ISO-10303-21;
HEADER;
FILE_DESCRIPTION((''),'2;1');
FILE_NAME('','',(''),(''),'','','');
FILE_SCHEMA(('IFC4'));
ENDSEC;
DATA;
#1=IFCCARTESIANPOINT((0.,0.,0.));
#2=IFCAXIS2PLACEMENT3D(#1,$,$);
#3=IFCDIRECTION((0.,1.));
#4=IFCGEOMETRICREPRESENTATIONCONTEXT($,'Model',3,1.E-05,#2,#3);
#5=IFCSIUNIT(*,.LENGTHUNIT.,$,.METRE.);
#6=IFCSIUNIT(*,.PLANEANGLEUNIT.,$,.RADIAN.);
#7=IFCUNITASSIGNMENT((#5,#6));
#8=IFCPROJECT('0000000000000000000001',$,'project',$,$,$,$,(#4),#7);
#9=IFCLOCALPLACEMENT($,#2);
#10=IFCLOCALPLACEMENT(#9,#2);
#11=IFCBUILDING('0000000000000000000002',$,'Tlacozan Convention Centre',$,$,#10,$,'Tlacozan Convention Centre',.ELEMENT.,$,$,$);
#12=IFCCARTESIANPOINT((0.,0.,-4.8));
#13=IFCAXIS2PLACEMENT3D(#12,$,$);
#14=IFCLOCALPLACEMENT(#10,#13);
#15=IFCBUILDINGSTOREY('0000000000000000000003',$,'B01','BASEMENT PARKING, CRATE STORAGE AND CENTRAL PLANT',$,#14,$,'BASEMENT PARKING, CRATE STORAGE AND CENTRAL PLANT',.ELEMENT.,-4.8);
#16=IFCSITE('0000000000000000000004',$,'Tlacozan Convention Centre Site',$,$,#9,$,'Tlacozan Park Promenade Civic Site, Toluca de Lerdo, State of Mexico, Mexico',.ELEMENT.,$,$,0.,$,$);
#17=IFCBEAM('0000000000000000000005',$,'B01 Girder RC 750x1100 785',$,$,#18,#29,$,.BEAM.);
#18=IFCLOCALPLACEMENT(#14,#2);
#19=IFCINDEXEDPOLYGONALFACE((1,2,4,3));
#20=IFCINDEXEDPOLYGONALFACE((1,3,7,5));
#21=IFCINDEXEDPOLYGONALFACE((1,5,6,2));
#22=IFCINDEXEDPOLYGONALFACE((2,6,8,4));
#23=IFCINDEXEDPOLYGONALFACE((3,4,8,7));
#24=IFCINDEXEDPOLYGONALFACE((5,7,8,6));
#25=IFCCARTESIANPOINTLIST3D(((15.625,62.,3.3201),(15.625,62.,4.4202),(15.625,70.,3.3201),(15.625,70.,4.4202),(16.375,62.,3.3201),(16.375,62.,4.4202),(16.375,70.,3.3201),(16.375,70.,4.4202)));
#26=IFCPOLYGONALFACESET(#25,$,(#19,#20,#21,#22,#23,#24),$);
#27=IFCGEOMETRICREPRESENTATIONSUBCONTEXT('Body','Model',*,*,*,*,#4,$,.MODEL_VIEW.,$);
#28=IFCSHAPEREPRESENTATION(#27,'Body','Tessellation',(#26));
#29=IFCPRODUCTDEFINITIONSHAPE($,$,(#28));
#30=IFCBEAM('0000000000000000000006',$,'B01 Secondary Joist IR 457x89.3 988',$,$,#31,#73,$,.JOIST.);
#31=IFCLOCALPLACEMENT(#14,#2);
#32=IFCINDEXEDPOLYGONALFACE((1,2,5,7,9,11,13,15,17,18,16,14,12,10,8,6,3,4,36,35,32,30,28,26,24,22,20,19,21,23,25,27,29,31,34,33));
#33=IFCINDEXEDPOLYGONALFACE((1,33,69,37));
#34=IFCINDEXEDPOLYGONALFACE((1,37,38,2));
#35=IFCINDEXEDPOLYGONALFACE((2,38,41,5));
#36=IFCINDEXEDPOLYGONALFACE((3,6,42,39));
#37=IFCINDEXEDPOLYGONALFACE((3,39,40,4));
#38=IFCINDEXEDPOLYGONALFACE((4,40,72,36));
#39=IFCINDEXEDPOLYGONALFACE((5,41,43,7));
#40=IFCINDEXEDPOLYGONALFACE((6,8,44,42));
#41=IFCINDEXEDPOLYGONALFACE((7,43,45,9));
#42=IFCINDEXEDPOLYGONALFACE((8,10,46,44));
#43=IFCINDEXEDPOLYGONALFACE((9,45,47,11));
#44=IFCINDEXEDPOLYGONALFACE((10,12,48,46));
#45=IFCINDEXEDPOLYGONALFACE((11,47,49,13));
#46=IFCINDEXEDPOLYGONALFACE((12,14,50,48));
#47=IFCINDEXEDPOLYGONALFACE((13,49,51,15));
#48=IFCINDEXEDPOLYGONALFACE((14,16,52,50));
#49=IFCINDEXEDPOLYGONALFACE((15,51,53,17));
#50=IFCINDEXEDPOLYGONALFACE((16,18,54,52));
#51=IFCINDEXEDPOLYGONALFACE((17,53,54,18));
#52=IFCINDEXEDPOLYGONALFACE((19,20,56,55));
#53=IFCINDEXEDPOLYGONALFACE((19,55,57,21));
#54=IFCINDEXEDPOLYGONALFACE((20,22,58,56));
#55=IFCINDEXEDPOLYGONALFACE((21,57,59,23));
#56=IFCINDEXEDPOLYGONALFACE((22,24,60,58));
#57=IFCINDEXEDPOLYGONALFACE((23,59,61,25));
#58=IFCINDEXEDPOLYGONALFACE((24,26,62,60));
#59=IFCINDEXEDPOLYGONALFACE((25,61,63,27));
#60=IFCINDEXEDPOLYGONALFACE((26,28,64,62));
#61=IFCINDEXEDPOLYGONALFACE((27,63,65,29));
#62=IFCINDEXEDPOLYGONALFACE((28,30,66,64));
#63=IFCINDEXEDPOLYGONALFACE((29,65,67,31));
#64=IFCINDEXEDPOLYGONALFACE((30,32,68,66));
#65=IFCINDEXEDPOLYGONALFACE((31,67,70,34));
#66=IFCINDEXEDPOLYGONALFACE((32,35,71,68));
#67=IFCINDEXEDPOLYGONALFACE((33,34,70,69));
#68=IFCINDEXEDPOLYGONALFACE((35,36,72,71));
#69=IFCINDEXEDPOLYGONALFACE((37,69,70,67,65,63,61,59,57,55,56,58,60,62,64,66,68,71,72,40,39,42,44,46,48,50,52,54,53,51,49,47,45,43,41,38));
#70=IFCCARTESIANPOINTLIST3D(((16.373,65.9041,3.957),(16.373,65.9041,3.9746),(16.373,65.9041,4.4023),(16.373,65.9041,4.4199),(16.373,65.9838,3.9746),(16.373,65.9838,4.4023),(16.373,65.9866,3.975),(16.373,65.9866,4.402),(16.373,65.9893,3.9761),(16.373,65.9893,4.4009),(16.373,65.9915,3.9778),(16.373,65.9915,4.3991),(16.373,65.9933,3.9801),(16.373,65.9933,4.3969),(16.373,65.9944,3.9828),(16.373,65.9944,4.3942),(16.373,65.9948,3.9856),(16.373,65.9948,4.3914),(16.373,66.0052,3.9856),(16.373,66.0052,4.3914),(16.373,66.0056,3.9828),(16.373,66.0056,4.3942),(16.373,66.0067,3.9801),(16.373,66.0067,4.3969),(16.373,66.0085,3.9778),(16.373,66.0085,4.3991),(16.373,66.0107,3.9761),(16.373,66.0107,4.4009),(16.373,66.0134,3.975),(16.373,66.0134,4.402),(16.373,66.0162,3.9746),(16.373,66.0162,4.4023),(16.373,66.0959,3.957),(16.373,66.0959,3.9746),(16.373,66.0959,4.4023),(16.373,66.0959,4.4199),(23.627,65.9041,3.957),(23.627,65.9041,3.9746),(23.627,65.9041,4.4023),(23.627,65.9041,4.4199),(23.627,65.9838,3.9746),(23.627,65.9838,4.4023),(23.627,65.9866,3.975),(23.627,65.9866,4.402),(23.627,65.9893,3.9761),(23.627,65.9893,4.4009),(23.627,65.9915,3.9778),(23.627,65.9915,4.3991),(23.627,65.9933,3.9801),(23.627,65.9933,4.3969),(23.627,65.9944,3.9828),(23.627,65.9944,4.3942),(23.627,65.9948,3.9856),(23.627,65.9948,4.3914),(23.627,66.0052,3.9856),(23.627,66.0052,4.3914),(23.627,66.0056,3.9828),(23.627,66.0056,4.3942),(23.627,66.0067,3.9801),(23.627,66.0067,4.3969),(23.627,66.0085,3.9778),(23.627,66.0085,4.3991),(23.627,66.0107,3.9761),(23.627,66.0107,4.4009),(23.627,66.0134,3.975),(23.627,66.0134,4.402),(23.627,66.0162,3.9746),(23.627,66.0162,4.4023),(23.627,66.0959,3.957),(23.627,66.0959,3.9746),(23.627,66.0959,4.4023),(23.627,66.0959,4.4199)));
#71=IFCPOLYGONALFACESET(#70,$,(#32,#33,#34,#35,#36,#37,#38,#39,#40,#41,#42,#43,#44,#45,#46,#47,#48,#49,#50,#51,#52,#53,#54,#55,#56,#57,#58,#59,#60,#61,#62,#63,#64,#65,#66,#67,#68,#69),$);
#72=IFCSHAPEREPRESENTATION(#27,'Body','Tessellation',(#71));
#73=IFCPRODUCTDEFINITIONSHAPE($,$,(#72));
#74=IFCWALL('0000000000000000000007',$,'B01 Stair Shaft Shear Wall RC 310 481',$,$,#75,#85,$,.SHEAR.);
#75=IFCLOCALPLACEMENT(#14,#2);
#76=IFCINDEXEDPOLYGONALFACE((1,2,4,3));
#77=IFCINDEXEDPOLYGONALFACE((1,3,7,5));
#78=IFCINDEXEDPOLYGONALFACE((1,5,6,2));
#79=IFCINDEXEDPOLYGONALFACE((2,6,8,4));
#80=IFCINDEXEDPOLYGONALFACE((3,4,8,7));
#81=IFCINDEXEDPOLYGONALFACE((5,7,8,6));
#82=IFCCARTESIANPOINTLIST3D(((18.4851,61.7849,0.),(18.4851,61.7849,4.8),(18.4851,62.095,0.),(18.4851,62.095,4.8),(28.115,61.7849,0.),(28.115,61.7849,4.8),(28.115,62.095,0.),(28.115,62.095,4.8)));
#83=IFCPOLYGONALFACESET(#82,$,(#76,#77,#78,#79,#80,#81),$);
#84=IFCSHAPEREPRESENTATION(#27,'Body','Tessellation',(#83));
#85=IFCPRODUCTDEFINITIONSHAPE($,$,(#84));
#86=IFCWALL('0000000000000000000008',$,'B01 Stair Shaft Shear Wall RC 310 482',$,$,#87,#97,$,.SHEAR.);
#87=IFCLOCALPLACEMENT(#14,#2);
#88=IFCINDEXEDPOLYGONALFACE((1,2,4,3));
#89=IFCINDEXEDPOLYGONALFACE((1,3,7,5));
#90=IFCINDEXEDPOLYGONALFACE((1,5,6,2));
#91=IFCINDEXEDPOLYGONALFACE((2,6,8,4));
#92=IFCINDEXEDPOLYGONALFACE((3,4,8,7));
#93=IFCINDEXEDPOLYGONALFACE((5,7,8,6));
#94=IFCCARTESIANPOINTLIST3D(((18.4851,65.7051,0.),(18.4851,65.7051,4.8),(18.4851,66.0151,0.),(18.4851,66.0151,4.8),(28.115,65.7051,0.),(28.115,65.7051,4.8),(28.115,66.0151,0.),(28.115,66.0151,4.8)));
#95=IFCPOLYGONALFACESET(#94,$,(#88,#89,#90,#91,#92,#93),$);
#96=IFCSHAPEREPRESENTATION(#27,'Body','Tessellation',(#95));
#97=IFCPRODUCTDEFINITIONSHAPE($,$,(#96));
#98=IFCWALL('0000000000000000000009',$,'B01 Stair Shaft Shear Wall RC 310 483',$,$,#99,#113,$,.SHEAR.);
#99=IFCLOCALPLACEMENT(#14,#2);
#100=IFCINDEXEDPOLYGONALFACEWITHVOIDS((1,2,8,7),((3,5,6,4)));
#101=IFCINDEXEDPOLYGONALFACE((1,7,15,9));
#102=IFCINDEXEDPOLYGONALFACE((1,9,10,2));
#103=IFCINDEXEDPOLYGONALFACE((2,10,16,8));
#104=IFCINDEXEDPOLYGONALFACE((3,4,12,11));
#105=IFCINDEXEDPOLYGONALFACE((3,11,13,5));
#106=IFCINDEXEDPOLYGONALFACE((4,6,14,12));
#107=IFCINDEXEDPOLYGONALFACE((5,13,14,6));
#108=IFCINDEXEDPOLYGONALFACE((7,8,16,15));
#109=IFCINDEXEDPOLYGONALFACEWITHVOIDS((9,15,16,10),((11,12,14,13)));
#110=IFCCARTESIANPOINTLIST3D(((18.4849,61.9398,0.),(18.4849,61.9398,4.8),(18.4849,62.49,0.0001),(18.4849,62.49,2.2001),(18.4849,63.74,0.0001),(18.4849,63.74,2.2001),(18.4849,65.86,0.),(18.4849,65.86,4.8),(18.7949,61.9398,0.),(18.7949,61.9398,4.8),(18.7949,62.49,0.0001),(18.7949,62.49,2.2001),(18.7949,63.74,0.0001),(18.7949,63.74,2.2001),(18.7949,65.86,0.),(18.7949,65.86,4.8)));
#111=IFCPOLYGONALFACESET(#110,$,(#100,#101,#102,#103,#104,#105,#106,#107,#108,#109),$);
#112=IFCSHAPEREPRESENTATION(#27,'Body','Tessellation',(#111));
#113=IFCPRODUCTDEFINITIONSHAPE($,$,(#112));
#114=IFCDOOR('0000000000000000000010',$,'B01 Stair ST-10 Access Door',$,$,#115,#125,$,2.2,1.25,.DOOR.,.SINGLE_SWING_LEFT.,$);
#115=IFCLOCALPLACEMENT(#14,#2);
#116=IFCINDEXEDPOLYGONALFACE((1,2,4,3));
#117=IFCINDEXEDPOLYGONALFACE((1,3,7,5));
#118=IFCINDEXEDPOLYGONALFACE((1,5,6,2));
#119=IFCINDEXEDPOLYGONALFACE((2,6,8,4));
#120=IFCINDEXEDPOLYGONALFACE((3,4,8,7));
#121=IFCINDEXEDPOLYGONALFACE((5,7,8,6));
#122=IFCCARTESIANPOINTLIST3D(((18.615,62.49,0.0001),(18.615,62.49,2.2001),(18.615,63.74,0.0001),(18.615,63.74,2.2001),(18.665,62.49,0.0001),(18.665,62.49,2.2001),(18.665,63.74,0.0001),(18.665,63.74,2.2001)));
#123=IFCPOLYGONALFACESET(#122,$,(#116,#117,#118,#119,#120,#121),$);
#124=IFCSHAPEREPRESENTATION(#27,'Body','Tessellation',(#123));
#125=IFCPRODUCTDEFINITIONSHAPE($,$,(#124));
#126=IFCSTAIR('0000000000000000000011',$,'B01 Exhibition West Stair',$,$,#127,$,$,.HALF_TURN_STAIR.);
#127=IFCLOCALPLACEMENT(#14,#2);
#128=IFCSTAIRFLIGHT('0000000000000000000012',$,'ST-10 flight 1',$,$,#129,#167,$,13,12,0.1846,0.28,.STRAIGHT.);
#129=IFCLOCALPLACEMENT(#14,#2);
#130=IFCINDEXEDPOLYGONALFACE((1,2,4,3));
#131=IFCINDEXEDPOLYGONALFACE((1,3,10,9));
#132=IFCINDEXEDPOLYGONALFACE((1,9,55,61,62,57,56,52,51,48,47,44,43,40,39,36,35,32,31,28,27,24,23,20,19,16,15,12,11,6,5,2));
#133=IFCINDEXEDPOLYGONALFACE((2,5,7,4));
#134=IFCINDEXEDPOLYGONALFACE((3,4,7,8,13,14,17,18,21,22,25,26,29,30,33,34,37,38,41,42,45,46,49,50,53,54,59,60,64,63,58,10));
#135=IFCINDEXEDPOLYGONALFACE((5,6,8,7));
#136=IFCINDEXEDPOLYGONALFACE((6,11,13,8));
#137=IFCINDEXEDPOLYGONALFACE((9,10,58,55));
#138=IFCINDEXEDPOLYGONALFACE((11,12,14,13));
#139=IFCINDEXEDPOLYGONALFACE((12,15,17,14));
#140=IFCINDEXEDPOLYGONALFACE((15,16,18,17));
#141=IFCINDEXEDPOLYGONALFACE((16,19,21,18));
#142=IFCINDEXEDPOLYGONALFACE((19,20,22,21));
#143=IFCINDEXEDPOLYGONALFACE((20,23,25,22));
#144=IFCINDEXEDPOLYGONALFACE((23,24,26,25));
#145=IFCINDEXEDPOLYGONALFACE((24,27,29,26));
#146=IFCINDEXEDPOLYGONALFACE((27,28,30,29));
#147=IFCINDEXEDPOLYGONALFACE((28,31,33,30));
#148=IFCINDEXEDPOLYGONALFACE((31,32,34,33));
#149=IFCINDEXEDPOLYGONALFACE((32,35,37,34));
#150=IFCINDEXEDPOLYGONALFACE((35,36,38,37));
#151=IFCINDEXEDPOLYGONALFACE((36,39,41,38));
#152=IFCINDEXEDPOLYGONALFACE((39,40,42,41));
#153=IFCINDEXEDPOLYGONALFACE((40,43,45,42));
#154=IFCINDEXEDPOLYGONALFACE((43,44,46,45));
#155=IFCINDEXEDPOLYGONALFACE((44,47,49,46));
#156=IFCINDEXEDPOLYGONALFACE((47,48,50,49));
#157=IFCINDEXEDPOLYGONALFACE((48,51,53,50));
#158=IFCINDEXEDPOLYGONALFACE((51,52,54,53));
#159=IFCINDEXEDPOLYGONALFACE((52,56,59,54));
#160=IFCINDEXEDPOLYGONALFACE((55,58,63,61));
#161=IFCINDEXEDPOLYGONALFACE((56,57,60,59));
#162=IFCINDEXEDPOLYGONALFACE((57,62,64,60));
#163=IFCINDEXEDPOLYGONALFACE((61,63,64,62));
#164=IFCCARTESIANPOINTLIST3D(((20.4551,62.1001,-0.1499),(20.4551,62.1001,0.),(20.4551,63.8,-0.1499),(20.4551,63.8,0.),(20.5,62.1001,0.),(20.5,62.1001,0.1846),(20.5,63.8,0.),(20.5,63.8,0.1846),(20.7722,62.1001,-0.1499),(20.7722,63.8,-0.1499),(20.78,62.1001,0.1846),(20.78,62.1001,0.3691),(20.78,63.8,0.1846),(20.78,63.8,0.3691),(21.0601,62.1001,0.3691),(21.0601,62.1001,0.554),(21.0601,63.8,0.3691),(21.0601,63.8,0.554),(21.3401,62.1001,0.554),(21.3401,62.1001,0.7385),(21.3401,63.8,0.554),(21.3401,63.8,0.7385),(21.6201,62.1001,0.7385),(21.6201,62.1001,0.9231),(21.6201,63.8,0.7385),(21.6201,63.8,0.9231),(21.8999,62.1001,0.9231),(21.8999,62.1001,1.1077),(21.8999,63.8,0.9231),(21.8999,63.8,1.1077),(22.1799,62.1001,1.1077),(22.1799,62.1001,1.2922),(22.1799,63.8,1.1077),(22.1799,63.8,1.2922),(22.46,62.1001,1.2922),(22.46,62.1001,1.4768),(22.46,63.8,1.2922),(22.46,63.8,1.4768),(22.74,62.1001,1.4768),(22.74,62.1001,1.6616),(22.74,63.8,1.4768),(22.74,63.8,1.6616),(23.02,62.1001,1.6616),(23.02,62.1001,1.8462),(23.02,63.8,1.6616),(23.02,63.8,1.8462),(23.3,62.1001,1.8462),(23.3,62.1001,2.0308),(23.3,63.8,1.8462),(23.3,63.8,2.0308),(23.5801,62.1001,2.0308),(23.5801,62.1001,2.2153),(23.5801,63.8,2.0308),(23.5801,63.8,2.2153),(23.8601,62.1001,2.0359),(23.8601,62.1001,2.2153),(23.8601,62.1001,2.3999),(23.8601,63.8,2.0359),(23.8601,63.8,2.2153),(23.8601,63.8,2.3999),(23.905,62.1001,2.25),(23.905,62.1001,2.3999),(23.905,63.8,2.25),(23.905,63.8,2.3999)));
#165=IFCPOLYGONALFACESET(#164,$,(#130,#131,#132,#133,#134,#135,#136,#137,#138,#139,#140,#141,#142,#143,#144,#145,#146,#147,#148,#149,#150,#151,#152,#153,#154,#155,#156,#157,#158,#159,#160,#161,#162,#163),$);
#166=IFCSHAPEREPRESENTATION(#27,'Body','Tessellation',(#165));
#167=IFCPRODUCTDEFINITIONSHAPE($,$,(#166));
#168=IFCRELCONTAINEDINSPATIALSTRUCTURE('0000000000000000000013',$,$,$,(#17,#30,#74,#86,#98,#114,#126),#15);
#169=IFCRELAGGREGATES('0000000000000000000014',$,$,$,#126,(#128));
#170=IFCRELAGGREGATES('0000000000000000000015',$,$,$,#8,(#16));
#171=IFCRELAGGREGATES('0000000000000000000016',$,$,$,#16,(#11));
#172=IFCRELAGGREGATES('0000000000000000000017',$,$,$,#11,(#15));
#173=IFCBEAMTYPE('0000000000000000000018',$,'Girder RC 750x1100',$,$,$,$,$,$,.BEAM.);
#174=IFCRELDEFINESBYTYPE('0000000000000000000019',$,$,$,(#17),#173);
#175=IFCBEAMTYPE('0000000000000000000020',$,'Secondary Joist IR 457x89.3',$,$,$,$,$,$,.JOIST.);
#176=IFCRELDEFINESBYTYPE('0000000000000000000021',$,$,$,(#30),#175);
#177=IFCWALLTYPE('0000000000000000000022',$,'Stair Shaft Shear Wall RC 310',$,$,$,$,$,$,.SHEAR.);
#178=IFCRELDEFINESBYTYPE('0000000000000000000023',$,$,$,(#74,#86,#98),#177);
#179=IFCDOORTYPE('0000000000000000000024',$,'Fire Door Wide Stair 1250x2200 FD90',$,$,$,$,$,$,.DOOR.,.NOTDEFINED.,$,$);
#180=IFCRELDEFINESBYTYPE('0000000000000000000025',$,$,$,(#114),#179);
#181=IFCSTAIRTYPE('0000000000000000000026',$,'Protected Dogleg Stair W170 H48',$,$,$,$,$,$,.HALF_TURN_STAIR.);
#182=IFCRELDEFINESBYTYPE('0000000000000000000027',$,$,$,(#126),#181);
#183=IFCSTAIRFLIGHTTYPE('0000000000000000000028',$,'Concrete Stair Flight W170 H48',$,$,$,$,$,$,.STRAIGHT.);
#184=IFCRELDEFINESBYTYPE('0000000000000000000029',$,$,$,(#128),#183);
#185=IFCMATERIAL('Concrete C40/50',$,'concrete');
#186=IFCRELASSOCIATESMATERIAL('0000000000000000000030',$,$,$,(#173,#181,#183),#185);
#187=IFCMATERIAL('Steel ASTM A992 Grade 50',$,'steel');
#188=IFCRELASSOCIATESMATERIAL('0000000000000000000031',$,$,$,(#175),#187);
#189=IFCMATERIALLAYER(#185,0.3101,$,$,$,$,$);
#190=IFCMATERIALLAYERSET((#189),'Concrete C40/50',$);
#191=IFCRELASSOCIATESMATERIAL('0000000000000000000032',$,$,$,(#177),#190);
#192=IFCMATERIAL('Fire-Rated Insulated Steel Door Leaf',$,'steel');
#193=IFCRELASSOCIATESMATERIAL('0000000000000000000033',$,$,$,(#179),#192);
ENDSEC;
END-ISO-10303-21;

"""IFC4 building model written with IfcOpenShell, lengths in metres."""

from ifc_helpers import new_model, si_unit, direction, frame, frame_2d, origin, origin_2d, place, context, subcontext, project, spatial, polyline, rectangle, i_section, outline, extrude, material, layer, layer_set, material_profile, profile_set, type_object, element, fill, aggregate, save


model = new_model("IFC4")

# Units and contexts
model_context = context("Model", 3, precision=1e-05, world=origin(), true_north=direction((0.0, 1.0)))
body_context = subcontext(model_context, "Body", "Model", "MODEL_VIEW")
ifc_project = project(units=[si_unit("LENGTHUNIT", "METRE"), si_unit("PLANEANGLEUNIT", "RADIAN")], contexts=[model_context])

# Site, building, storey
site_placement = place(None, origin())
site = spatial("IfcSite", under=ifc_project, at=site_placement, Name="Tlacozan Convention Centre Site", LongName="Tlacozan Park Promenade Civic Site, Toluca de Lerdo, State of Mexico, Mexico", CompositionType="ELEMENT", RefElevation=0.0)
building_placement = place(site_placement, origin())
building = spatial("IfcBuilding", under=site, at=building_placement, Name="Tlacozan Convention Centre", LongName="Tlacozan Convention Centre", CompositionType="ELEMENT")
storey_placement = place(building_placement, frame((0.0, 0.0, -4.8)))
storey = spatial("IfcBuildingStorey", under=building, at=storey_placement, Name="B01", Description="BASEMENT PARKING, CRATE STORAGE AND CENTRAL PLANT", LongName="BASEMENT PARKING, CRATE STORAGE AND CENTRAL PLANT", CompositionType="ELEMENT", Elevation=-4.8)

# Shared definitions
ifc_material_1 = material(Name="Concrete C40/50", Category="concrete")

# Beams
ifc_material_2 = material(Name="Steel ASTM A992 Grade 50", Category="steel")
ifc_material_profile_1 = material_profile(ifc_material_1, rectangle(XDim=0.75, YDim=1.1001, at=origin_2d()), Name="RC 750x1100")
ifc_profile_set_1 = profile_set([ifc_material_profile_1], Name="Concrete C40/50")
beam_type_1 = type_object("IfcBeamType", Name="Girder RC 750x1100", PredefinedType="BEAM", material=ifc_profile_set_1)
beam_1_placement = place(storey_placement, frame((16.0, 62.0, 3.8701), z_axis=(0.0, 1.0, 0.0), x_axis=(-1.0, 0.0, 0.0)))
element("IfcBeam", 1, at=beam_1_placement, inside=storey, type_object=beam_type_1, Name="B01 Girder RC 750x1100 785", PredefinedType="BEAM", context=body_context, shape_type="SweptSolid", body=[
    extrude(rectangle(XDim=0.75, YDim=1.1001, at=origin_2d()), origin(), (0.0, 0.0, 1.0), 8.0),
])
ifc_material_profile_2 = material_profile(ifc_material_2, i_section(OverallWidth=0.1919, OverallDepth=0.4629, WebThickness=0.0105, FlangeThickness=0.0176, FilletRadius=0.011, at=origin_2d()), Name="IR 457x89.3")
ifc_profile_set_2 = profile_set([ifc_material_profile_2], Name="Steel ASTM A992 Grade 50")
beam_type_2 = type_object("IfcBeamType", Name="Secondary Joist IR 457x89.3", PredefinedType="JOIST", material=ifc_profile_set_2)
beam_2_placement = place(storey_placement, frame((16.373, 66.0, 4.1885), z_axis=(1.0, 0.0, 0.0), x_axis=(0.0, 1.0, 0.0)))
element("IfcBeam", 2, at=beam_2_placement, inside=storey, type_object=beam_type_2, Name="B01 Secondary Joist IR 457x89.3 988", PredefinedType="JOIST", context=body_context, shape_type="SweptSolid", body=[
    extrude(i_section(OverallWidth=0.1919, OverallDepth=0.4629, WebThickness=0.0105, FlangeThickness=0.0176, FilletRadius=0.011, at=origin_2d()), origin(), (0.0, 0.0, 1.0), 7.2539),
])

# Walls
ifc_layer_1 = layer(ifc_material_1, 0.3101)
ifc_layer_set_1 = layer_set([ifc_layer_1], Name="Concrete C40/50")
wall_type = type_object("IfcWallType", Name="Stair Shaft Shear Wall RC 310", PredefinedType="SHEAR", material=ifc_layer_set_1)
for number, where, z_axis, x_axis, name in (
    (3, (18.4851, 61.9399, 0.0), (0.0, 0.0, 1.0), (1.0, 0.0, 0.0), "B01 Stair Shaft Shear Wall RC 310 481"),
    (4, (18.4851, 65.8601, 0.0), (0.0, 0.0, 1.0), (1.0, 0.0, 0.0), "B01 Stair Shaft Shear Wall RC 310 482"),
):
    element("IfcWall", number, at=place(storey_placement, frame(where, z_axis=z_axis, x_axis=x_axis)), inside=storey, type_object=wall_type, Name=name, PredefinedType="SHEAR", context=body_context, shape_type="SweptSolid", body=[
        extrude(rectangle(XDim=9.6299, YDim=0.3101, at=frame_2d((4.8149, 0.0))), origin(), (0.0, 0.0, 1.0), 4.8),
    ])

# Wall, opening, door
wall_placement = place(storey_placement, frame((18.6399, 61.9399, 0.0), z_axis=(0.0, 0.0, 1.0), x_axis=(0.0, 1.0, 0.0)))
wall = element("IfcWall", 5, at=wall_placement, inside=storey, type_object=wall_type, Name="B01 Stair Shaft Shear Wall RC 310 483", PredefinedType="SHEAR", context=body_context, shape_type="SweptSolid", body=[
    extrude(rectangle(XDim=3.9202, YDim=0.3101, at=frame_2d((1.96, 0.0))), origin(), (0.0, 0.0, 1.0), 4.8),
])
opening_placement = place(wall_placement, frame((0.55, 0.0, 0.0)))
opening = element("IfcOpeningElement", 6, at=opening_placement, cuts=wall, PredefinedType="OPENING", context=body_context, shape_type="SweptSolid", body=[
    extrude(rectangle(XDim=1.25, YDim=2.2, at=frame_2d((0.625, 1.1001))), frame((0.0, 0.165, 0.0), z_axis=(0.0, -1.0, 0.0), x_axis=(1.0, 0.0, 0.0)), (0.0, 0.0, 1.0), 0.3301),
])
ifc_material_3 = material(Name="Fire-Rated Insulated Steel Door Leaf", Category="steel")
door_type = type_object("IfcDoorType", Name="Fire Door Wide Stair 1250x2200 FD90", OperationType="NOTDEFINED", PredefinedType="DOOR", material=ifc_material_3)
door_placement = place(opening_placement, origin())
door = element("IfcDoor", 7, at=door_placement, inside=storey, type_object=door_type, Name="B01 Stair ST-10 Access Door", OperationType="SINGLE_SWING_LEFT", OverallHeight=2.2, OverallWidth=1.25, PredefinedType="DOOR", context=body_context, shape_type="SweptSolid", body=[
    extrude(rectangle(XDim=1.25, YDim=2.2, at=frame_2d((0.625, 1.1001))), frame((0.0, 0.0249, 0.0), z_axis=(0.0, -1.0, 0.0), x_axis=(1.0, 0.0, 0.0)), (0.0, 0.0, 1.0), 0.05),
])
fill(opening, door)

# Stair, stair flight
stair_type = type_object("IfcStairType", Name="Protected Dogleg Stair W170 H48", PredefinedType="HALF_TURN_STAIR", material=ifc_material_1)
stair_placement = place(storey_placement, origin())
stair = element("IfcStair", 8, at=stair_placement, inside=storey, type_object=stair_type, Name="B01 Exhibition West Stair", PredefinedType="HALF_TURN_STAIR")
stair_flight_type = type_object("IfcStairFlightType", Name="Concrete Stair Flight W170 H48", PredefinedType="STRAIGHT", material=ifc_material_1)
stair_flight_1_placement = place(storey_placement, frame((20.5, 62.95, 0.0), z_axis=(0.0, 0.0, 1.0), x_axis=(1.0, 0.0, 0.0)))
stair_flight_1 = element("IfcStairFlight", 9, at=stair_flight_1_placement, type_object=stair_flight_type, Name="ST-10 flight 1", NumberOfRisers=13, NumberOfTreads=12, PredefinedType="STRAIGHT", RiserHeight=0.1846, TreadLength=0.28, context=body_context, shape_type="SweptSolid", body=[
    extrude(outline(polyline([(-0.0449, -0.1499), (-0.0449, 0.0), (0.0, 0.0), (0.0, 0.1846), (0.28, 0.1846), (0.28, 0.3691), (0.5601, 0.3691), (0.5601, 0.554), (0.8401, 0.554), (0.8401, 0.7385), (1.1201, 0.7385), (1.1201, 0.9231), (1.3999, 0.9231), (1.3999, 1.1077), (1.6799, 1.1077), (1.6799, 1.2922), (1.96, 1.2922), (1.96, 1.4768), (2.24, 1.4768), (2.24, 1.6616), (2.52, 1.6616), (2.52, 1.8462), (2.8, 1.8462), (2.8, 2.0308), (3.0801, 2.0308), (3.0801, 2.2153), (3.3601, 2.2153), (3.3601, 2.3999), (3.405, 2.3999), (3.405, 2.25), (3.3601, 2.0359), (0.2722, -0.1499), (-0.0449, -0.1499)])), frame((0.0, 0.8501, 0.0), z_axis=(0.0, -1.0, 0.0), x_axis=(1.0, 0.0, 0.0)), (0.0, 0.0, 1.0), 1.7),
])
aggregate(stair, [stair_flight_1])

save(model, "model.ifc")
